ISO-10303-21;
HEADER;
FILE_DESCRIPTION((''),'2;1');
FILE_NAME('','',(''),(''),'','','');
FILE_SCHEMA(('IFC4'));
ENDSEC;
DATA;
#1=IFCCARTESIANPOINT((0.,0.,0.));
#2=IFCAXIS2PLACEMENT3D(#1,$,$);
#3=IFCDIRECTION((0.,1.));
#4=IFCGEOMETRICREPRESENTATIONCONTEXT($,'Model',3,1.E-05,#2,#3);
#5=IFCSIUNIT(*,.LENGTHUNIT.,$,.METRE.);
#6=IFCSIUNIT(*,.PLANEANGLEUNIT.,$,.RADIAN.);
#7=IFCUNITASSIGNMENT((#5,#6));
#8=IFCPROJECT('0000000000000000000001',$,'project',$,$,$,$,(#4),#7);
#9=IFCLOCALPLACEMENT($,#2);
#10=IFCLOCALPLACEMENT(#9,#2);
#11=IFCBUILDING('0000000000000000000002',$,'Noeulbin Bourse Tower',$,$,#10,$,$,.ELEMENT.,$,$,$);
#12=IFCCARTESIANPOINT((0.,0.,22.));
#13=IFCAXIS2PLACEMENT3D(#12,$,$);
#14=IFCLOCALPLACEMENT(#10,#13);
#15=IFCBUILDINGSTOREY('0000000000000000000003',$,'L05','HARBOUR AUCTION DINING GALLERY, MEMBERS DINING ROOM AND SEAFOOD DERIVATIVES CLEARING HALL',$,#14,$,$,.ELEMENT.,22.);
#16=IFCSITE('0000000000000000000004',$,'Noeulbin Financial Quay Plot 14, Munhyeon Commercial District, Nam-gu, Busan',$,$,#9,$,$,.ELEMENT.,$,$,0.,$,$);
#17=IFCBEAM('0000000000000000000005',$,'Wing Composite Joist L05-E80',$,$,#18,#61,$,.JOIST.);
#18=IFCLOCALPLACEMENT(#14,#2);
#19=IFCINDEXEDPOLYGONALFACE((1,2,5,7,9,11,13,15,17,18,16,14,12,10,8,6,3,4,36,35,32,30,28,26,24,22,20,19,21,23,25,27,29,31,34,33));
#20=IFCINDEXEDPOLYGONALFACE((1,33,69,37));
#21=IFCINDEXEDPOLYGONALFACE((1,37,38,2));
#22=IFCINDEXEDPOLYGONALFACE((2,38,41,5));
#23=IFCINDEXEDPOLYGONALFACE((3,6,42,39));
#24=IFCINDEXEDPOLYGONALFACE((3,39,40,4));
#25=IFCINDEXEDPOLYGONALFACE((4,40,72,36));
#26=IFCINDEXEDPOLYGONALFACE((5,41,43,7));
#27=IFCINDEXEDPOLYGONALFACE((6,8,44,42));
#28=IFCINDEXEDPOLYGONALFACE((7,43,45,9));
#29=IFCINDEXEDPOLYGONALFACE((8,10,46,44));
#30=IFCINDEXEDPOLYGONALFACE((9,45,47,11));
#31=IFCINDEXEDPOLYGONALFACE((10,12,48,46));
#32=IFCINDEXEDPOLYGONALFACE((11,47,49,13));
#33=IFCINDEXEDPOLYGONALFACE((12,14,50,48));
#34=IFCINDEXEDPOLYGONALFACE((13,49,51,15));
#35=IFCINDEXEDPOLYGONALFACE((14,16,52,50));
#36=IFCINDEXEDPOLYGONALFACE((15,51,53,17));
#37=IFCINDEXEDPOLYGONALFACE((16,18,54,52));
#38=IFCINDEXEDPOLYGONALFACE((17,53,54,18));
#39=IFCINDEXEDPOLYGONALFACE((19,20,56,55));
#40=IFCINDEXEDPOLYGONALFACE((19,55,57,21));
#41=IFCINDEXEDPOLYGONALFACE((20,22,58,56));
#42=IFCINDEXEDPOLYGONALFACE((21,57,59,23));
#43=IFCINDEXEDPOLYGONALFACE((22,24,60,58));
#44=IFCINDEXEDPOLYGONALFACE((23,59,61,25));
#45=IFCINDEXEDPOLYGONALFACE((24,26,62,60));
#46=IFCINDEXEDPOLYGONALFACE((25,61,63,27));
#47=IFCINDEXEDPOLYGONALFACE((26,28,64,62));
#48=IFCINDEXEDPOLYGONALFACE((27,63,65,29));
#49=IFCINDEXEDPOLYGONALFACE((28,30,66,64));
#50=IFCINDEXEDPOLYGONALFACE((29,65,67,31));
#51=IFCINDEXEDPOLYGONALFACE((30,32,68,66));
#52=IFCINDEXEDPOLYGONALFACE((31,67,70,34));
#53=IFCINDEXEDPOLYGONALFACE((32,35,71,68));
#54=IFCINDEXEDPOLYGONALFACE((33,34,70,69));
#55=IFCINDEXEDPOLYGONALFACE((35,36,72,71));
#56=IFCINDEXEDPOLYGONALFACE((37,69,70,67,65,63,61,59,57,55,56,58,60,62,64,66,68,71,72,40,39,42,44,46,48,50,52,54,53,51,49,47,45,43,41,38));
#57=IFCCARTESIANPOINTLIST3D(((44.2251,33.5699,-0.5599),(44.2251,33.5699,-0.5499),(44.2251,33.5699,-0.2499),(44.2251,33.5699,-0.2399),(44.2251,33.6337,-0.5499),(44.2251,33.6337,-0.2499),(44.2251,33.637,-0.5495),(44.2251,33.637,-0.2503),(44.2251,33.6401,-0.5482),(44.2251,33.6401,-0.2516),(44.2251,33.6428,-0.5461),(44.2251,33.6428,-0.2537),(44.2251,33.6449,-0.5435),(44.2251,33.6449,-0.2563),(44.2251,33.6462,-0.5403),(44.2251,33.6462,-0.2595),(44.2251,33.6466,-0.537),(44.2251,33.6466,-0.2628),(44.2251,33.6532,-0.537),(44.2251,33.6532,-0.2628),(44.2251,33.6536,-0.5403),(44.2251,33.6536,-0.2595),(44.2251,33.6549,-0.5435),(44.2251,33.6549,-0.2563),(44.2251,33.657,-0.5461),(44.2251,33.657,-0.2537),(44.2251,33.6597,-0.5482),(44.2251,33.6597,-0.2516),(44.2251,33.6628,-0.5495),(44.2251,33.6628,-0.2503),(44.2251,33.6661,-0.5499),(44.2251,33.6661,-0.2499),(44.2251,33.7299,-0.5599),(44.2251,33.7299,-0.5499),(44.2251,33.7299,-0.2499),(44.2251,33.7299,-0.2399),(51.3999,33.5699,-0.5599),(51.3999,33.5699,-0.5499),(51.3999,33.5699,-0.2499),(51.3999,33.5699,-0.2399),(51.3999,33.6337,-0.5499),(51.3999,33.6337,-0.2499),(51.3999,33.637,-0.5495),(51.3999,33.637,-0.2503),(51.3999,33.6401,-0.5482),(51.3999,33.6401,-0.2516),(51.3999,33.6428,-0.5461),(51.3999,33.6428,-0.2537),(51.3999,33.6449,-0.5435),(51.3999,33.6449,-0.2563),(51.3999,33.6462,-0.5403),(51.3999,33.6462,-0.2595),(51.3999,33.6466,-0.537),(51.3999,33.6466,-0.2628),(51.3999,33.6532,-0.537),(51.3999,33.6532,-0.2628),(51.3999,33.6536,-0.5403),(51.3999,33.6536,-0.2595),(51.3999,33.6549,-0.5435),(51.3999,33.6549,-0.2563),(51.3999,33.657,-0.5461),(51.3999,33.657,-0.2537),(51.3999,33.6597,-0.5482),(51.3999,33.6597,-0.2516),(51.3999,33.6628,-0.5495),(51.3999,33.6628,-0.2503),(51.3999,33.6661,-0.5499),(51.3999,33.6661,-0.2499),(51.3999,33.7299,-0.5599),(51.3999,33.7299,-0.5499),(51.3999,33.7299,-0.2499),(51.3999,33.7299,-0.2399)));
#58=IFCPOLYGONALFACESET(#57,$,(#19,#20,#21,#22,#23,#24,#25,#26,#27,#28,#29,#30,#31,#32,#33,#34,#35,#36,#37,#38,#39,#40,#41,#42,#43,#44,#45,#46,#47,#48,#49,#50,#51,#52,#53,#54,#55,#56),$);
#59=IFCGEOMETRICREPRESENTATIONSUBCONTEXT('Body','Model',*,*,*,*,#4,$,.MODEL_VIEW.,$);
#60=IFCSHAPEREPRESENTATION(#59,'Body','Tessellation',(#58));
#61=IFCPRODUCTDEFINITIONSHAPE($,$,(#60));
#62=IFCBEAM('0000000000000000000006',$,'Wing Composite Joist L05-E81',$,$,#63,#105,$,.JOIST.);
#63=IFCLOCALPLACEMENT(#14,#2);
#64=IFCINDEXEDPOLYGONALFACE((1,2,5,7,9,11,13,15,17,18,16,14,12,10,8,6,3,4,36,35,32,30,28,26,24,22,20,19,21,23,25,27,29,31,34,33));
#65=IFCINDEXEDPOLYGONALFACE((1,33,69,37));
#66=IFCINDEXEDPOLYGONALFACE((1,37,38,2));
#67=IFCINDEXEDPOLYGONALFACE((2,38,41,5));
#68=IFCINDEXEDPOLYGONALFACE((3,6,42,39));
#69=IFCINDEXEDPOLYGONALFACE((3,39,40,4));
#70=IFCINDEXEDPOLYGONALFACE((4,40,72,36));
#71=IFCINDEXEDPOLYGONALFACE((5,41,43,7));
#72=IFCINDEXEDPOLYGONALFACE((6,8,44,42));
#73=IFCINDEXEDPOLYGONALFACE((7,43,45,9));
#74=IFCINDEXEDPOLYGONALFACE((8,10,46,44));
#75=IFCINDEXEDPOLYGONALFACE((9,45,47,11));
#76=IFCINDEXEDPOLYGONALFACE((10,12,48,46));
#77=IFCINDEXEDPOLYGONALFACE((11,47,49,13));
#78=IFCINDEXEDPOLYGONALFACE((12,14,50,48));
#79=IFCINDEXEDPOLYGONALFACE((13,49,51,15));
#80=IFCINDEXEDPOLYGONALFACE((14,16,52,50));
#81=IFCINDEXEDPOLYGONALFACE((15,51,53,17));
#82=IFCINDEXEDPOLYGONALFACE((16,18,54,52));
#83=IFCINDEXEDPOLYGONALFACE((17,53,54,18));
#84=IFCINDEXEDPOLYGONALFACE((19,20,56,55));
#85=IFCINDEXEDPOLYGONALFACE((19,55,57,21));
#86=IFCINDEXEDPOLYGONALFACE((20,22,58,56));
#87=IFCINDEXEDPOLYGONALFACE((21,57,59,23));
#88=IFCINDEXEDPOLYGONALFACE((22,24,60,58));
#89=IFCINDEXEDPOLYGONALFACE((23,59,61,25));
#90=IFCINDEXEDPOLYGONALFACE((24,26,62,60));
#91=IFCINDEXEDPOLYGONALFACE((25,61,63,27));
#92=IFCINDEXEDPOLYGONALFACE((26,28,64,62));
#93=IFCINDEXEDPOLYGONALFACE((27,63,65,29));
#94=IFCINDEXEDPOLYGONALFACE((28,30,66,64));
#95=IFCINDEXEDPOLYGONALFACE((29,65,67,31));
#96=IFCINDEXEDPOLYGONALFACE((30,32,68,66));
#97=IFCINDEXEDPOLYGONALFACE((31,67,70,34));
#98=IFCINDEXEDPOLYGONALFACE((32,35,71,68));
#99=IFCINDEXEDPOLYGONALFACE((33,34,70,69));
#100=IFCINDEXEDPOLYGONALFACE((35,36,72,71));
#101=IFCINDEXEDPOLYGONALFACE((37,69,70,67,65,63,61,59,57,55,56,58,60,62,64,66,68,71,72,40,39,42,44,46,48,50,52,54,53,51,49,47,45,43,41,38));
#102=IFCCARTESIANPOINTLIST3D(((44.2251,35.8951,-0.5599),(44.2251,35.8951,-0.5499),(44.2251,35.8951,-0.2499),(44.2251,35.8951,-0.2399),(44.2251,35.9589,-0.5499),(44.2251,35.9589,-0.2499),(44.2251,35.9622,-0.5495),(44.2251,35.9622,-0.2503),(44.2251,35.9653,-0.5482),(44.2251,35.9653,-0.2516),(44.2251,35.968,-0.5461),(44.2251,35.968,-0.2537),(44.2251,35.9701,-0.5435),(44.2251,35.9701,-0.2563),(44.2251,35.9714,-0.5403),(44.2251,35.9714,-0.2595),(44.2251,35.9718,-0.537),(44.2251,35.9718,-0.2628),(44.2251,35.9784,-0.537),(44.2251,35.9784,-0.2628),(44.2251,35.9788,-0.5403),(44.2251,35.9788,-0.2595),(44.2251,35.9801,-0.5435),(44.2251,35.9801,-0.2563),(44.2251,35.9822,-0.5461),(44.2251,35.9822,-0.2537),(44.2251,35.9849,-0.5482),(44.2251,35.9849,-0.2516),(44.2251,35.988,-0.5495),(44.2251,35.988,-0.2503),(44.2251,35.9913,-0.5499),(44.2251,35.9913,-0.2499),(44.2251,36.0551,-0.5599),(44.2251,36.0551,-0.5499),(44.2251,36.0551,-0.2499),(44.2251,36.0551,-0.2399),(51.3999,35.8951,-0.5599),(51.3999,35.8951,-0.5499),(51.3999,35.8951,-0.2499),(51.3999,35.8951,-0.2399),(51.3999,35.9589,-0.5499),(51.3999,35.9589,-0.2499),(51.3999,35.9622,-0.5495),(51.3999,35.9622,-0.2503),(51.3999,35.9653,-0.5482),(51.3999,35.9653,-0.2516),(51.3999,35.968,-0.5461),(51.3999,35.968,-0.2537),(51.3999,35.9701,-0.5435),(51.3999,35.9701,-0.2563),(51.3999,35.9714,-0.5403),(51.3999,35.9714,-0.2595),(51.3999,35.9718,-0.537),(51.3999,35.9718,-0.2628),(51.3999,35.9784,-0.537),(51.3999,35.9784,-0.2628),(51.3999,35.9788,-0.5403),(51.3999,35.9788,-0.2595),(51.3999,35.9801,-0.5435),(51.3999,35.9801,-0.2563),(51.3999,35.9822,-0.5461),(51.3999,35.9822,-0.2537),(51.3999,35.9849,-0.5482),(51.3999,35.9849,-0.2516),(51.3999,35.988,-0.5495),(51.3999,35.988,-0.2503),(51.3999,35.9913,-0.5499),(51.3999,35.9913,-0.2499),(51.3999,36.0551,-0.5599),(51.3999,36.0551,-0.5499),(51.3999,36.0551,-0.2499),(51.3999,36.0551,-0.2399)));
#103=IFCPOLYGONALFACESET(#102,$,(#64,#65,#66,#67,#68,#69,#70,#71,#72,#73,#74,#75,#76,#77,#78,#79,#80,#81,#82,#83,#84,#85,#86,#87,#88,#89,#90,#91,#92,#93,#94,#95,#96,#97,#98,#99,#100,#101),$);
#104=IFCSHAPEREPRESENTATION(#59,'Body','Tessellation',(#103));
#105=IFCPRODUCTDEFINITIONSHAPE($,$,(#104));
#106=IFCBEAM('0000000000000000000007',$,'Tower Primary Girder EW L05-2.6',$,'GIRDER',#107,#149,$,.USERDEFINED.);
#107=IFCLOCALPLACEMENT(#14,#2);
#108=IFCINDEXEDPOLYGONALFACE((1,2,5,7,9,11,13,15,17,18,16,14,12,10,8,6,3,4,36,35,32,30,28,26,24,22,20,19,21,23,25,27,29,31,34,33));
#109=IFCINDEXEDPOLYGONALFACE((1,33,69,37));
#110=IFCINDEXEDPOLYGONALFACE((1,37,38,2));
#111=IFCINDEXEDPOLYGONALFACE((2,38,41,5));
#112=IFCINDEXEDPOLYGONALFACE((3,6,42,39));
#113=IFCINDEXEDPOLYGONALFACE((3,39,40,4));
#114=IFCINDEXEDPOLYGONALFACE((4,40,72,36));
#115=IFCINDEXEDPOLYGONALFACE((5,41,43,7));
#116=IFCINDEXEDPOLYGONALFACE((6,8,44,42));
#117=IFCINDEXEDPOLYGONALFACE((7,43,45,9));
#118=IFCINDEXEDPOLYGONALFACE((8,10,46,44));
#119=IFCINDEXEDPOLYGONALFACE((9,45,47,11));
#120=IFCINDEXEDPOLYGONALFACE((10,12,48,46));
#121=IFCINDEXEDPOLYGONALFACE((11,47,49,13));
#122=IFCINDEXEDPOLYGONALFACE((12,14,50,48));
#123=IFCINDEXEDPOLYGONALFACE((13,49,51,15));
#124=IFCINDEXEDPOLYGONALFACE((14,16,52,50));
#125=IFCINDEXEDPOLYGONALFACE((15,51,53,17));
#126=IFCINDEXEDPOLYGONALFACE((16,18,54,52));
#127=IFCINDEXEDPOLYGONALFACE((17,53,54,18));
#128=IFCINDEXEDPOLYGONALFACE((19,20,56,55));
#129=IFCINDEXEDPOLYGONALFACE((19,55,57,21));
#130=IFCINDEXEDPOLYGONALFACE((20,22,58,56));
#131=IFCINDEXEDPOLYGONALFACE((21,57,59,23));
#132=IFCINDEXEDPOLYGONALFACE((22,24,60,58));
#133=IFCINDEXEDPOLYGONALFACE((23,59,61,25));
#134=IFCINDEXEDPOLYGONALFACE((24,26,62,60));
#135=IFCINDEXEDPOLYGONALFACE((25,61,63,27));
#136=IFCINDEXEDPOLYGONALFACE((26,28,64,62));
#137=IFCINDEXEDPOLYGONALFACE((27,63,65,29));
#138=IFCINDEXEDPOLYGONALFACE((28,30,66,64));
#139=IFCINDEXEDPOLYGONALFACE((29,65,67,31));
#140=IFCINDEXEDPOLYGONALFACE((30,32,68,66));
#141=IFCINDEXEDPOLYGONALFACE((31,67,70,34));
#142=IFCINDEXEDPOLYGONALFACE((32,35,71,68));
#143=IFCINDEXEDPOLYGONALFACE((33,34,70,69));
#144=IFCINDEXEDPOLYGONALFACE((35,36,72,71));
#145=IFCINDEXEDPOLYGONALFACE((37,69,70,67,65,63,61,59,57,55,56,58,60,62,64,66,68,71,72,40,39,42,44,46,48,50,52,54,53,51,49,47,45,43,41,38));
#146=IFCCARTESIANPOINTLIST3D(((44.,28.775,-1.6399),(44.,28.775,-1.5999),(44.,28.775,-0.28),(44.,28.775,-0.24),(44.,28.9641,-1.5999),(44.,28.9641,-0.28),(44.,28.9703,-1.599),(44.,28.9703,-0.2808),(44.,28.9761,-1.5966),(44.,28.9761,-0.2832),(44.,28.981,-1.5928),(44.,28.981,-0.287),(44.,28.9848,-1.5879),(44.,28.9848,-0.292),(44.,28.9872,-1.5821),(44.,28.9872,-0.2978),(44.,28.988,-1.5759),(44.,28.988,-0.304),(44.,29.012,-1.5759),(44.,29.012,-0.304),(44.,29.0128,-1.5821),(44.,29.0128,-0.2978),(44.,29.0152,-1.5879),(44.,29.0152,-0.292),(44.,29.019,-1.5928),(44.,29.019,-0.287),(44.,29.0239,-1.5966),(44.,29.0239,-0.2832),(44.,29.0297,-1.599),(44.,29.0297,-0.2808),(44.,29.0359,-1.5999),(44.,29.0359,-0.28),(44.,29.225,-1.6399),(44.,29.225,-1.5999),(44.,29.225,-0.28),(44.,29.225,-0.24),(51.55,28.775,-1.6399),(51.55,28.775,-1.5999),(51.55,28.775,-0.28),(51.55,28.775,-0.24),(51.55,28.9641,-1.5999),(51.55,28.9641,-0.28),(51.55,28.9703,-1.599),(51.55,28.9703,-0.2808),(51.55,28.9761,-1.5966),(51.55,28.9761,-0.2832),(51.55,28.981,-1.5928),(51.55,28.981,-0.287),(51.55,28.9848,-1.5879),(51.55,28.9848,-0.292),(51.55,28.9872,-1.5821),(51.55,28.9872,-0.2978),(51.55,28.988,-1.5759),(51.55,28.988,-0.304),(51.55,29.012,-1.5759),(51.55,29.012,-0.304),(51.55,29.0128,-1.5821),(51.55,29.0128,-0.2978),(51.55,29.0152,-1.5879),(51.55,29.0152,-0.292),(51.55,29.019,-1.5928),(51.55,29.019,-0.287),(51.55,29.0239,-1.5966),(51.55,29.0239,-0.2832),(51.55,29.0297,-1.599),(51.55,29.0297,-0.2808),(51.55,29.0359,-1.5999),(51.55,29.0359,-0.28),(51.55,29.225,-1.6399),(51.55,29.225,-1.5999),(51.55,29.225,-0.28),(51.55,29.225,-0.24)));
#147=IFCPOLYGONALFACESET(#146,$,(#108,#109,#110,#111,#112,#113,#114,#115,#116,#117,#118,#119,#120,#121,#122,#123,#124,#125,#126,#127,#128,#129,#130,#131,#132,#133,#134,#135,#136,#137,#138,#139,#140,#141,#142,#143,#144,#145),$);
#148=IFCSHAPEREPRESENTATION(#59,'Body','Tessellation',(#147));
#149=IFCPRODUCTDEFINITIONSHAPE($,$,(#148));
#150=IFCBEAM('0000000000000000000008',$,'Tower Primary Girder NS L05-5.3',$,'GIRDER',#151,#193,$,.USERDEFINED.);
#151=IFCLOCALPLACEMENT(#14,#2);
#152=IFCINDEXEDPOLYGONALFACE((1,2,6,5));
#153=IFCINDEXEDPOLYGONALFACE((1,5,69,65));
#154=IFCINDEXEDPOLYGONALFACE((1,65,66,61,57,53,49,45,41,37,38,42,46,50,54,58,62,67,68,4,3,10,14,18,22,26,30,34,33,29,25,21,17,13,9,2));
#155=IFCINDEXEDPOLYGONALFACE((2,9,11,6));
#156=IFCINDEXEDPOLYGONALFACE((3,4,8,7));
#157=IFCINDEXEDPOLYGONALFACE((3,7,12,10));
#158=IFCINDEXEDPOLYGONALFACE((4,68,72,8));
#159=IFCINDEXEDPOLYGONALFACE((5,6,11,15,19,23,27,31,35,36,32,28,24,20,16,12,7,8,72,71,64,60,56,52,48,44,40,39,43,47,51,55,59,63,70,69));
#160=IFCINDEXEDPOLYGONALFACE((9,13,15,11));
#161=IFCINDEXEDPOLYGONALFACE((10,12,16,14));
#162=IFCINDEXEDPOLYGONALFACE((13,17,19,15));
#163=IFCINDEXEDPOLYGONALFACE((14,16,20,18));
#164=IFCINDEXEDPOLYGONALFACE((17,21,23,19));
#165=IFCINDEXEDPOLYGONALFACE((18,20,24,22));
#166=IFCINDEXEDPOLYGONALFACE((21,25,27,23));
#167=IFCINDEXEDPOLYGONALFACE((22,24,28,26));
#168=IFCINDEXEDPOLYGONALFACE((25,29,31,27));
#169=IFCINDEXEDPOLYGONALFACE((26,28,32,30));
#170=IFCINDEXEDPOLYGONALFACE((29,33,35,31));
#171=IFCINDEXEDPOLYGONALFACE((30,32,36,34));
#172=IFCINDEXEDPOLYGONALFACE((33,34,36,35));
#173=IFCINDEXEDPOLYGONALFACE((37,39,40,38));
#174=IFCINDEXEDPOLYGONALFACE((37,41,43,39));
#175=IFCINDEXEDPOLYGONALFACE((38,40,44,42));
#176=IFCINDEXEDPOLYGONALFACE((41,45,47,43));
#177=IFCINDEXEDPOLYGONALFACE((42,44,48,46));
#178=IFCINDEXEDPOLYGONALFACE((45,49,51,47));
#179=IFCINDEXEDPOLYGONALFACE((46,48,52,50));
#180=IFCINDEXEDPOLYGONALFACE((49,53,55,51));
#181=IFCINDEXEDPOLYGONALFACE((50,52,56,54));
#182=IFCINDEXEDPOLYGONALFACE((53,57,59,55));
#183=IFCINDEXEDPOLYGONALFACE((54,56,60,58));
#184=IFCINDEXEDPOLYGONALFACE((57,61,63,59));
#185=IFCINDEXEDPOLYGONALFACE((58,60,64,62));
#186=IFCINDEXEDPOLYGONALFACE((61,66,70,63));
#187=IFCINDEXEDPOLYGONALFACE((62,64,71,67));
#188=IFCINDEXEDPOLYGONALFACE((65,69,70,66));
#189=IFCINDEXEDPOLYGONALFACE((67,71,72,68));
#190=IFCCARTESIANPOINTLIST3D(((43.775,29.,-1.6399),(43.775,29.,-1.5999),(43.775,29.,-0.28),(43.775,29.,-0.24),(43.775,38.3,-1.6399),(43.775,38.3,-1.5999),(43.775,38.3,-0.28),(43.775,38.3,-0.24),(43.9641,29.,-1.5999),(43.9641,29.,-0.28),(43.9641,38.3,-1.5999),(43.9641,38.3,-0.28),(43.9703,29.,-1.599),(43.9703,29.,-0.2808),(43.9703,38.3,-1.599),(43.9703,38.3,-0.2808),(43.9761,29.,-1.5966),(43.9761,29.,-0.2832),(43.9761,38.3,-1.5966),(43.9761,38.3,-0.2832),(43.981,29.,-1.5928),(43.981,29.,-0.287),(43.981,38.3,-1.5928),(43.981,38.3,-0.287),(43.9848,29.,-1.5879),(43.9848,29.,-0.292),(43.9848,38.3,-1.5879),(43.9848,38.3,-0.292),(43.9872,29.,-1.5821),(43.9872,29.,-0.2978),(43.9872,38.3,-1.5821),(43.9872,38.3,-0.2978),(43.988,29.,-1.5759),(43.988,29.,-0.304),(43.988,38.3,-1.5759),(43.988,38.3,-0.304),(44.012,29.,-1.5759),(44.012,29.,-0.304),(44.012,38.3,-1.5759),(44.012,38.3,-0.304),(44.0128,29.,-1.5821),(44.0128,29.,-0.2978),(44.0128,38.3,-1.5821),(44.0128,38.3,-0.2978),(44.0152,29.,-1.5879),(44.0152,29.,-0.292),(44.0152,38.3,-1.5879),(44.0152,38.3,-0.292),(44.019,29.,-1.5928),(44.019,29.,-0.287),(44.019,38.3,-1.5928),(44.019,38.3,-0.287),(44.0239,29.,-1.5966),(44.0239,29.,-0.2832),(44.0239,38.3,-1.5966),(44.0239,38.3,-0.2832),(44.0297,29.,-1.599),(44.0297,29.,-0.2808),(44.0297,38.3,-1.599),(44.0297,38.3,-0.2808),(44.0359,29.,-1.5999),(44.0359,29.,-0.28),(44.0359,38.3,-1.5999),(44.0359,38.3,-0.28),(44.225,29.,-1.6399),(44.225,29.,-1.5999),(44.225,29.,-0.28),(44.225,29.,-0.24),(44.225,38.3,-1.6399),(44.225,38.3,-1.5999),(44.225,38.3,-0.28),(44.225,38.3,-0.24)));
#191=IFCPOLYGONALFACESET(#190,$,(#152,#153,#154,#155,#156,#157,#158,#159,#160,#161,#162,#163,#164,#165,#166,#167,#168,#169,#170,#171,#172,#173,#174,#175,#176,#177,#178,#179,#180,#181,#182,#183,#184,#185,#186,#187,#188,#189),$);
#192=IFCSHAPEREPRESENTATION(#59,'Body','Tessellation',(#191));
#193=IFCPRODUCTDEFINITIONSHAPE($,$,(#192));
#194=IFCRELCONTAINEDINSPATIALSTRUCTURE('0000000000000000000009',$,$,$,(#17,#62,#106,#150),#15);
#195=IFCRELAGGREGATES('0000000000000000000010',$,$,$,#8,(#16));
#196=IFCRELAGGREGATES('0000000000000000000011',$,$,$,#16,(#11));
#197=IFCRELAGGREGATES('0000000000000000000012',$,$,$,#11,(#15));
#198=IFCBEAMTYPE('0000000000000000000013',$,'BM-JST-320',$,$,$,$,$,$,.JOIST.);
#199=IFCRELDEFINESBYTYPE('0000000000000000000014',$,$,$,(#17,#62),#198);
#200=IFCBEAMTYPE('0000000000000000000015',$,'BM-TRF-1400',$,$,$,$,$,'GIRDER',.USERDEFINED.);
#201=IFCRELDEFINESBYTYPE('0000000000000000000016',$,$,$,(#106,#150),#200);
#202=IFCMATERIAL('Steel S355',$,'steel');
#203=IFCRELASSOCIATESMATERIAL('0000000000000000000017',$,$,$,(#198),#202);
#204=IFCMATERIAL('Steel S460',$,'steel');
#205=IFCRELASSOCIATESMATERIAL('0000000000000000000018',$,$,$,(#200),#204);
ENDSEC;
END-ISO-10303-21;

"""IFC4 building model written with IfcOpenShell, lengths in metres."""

from ifc_helpers import new_model, si_unit, direction, frame, origin, origin_2d, place, context, subcontext, project, spatial, i_section, extrude, material, material_profile, profile_set, type_object, element, save


model = new_model("IFC4")

# Units and contexts
model_context = context("Model", 3, precision=1e-05, world=origin(), true_north=direction((0.0, 1.0)))
body_context = subcontext(model_context, "Body", "Model", "MODEL_VIEW")
ifc_project = project(units=[si_unit("LENGTHUNIT", "METRE"), si_unit("PLANEANGLEUNIT", "RADIAN")], contexts=[model_context])

# Site, building, storey
site_placement = place(None, origin())
site = spatial("IfcSite", under=ifc_project, at=site_placement, Name="Noeulbin Financial Quay Plot 14, Munhyeon Commercial District, Nam-gu, Busan", CompositionType="ELEMENT", RefElevation=0.0)
building_placement = place(site_placement, origin())
building = spatial("IfcBuilding", under=site, at=building_placement, Name="Noeulbin Bourse Tower", CompositionType="ELEMENT")
storey_placement = place(building_placement, frame((0.0, 0.0, 22.0)))
storey = spatial("IfcBuildingStorey", under=building, at=storey_placement, Name="L05", Description="HARBOUR AUCTION DINING GALLERY, MEMBERS DINING ROOM AND SEAFOOD DERIVATIVES CLEARING HALL", CompositionType="ELEMENT", Elevation=22.0)

# Shared definitions
ifc_material_1 = material(Name="Steel S460", Category="steel")

# Beams
ifc_material_2 = material(Name="Steel S355", Category="steel")
ifc_material_profile_1 = material_profile(ifc_material_2, i_section(OverallWidth=0.1599, OverallDepth=0.3201, WebThickness=0.0066, FlangeThickness=0.01, FilletRadius=0.0129, at=origin_2d()), Name="H-320x160x6.5x10", Category="LoadBearing")
ifc_profile_set_1 = profile_set([ifc_material_profile_1], Name="Steel S355")
beam_type_1 = type_object("IfcBeamType", Name="BM-JST-320", PredefinedType="JOIST", material=ifc_profile_set_1)
for number, where, z_axis, x_axis, name in (
    (1, (44.2251, 33.6499, -0.3999), (1.0, 0.0, 0.0), (0.0, 1.0, 0.0), "Wing Composite Joist L05-E80"),
    (2, (44.2251, 35.9751, -0.3999), (1.0, 0.0, 0.0), (0.0, 1.0, 0.0), "Wing Composite Joist L05-E81"),
):
    element("IfcBeam", number, at=place(storey_placement, frame(where, z_axis=z_axis, x_axis=x_axis)), inside=storey, type_object=beam_type_1, Name=name, PredefinedType="JOIST", context=body_context, shape_type="SweptSolid", body=[
        extrude(i_section(OverallWidth=0.1599, OverallDepth=0.3201, WebThickness=0.0066, FlangeThickness=0.01, FilletRadius=0.0129, at=origin_2d()), origin(), (0.0, 0.0, 1.0), 7.1748),
    ])
ifc_material_profile_2 = material_profile(ifc_material_1, i_section(OverallWidth=0.45, OverallDepth=1.3999, WebThickness=0.0239, FlangeThickness=0.04, FilletRadius=0.0239, at=origin_2d()), Name="PG-1400x450x24x40", Category="LoadBearing")
ifc_profile_set_2 = profile_set([ifc_material_profile_2], Name="Steel S460")
beam_type_2 = type_object("IfcBeamType", Name="BM-TRF-1400", ElementType="GIRDER", PredefinedType="USERDEFINED", material=ifc_profile_set_2)
beam_1_placement = place(storey_placement, frame((44.0, 29.0, -0.9399), z_axis=(1.0, 0.0, 0.0), x_axis=(0.0, 1.0, 0.0)))
element("IfcBeam", 3, at=beam_1_placement, inside=storey, type_object=beam_type_2, Name="Tower Primary Girder EW L05-2.6", ObjectType="GIRDER", PredefinedType="USERDEFINED", context=body_context, shape_type="SweptSolid", body=[
    extrude(i_section(OverallWidth=0.45, OverallDepth=1.3999, WebThickness=0.0239, FlangeThickness=0.04, FilletRadius=0.0239, at=origin_2d()), origin(), (0.0, 0.0, 1.0), 7.55),
])
beam_2_placement = place(storey_placement, frame((44.0, 29.0, -0.9399), z_axis=(0.0, 1.0, 0.0), x_axis=(-1.0, 0.0, 0.0)))
element("IfcBeam", 4, at=beam_2_placement, inside=storey, type_object=beam_type_2, Name="Tower Primary Girder NS L05-5.3", ObjectType="GIRDER", PredefinedType="USERDEFINED", context=body_context, shape_type="SweptSolid", body=[
    extrude(i_section(OverallWidth=0.45, OverallDepth=1.3999, WebThickness=0.0239, FlangeThickness=0.04, FilletRadius=0.0239, at=origin_2d()), origin(), (0.0, 0.0, 1.0), 9.3),
])

save(model, "model.ifc")
